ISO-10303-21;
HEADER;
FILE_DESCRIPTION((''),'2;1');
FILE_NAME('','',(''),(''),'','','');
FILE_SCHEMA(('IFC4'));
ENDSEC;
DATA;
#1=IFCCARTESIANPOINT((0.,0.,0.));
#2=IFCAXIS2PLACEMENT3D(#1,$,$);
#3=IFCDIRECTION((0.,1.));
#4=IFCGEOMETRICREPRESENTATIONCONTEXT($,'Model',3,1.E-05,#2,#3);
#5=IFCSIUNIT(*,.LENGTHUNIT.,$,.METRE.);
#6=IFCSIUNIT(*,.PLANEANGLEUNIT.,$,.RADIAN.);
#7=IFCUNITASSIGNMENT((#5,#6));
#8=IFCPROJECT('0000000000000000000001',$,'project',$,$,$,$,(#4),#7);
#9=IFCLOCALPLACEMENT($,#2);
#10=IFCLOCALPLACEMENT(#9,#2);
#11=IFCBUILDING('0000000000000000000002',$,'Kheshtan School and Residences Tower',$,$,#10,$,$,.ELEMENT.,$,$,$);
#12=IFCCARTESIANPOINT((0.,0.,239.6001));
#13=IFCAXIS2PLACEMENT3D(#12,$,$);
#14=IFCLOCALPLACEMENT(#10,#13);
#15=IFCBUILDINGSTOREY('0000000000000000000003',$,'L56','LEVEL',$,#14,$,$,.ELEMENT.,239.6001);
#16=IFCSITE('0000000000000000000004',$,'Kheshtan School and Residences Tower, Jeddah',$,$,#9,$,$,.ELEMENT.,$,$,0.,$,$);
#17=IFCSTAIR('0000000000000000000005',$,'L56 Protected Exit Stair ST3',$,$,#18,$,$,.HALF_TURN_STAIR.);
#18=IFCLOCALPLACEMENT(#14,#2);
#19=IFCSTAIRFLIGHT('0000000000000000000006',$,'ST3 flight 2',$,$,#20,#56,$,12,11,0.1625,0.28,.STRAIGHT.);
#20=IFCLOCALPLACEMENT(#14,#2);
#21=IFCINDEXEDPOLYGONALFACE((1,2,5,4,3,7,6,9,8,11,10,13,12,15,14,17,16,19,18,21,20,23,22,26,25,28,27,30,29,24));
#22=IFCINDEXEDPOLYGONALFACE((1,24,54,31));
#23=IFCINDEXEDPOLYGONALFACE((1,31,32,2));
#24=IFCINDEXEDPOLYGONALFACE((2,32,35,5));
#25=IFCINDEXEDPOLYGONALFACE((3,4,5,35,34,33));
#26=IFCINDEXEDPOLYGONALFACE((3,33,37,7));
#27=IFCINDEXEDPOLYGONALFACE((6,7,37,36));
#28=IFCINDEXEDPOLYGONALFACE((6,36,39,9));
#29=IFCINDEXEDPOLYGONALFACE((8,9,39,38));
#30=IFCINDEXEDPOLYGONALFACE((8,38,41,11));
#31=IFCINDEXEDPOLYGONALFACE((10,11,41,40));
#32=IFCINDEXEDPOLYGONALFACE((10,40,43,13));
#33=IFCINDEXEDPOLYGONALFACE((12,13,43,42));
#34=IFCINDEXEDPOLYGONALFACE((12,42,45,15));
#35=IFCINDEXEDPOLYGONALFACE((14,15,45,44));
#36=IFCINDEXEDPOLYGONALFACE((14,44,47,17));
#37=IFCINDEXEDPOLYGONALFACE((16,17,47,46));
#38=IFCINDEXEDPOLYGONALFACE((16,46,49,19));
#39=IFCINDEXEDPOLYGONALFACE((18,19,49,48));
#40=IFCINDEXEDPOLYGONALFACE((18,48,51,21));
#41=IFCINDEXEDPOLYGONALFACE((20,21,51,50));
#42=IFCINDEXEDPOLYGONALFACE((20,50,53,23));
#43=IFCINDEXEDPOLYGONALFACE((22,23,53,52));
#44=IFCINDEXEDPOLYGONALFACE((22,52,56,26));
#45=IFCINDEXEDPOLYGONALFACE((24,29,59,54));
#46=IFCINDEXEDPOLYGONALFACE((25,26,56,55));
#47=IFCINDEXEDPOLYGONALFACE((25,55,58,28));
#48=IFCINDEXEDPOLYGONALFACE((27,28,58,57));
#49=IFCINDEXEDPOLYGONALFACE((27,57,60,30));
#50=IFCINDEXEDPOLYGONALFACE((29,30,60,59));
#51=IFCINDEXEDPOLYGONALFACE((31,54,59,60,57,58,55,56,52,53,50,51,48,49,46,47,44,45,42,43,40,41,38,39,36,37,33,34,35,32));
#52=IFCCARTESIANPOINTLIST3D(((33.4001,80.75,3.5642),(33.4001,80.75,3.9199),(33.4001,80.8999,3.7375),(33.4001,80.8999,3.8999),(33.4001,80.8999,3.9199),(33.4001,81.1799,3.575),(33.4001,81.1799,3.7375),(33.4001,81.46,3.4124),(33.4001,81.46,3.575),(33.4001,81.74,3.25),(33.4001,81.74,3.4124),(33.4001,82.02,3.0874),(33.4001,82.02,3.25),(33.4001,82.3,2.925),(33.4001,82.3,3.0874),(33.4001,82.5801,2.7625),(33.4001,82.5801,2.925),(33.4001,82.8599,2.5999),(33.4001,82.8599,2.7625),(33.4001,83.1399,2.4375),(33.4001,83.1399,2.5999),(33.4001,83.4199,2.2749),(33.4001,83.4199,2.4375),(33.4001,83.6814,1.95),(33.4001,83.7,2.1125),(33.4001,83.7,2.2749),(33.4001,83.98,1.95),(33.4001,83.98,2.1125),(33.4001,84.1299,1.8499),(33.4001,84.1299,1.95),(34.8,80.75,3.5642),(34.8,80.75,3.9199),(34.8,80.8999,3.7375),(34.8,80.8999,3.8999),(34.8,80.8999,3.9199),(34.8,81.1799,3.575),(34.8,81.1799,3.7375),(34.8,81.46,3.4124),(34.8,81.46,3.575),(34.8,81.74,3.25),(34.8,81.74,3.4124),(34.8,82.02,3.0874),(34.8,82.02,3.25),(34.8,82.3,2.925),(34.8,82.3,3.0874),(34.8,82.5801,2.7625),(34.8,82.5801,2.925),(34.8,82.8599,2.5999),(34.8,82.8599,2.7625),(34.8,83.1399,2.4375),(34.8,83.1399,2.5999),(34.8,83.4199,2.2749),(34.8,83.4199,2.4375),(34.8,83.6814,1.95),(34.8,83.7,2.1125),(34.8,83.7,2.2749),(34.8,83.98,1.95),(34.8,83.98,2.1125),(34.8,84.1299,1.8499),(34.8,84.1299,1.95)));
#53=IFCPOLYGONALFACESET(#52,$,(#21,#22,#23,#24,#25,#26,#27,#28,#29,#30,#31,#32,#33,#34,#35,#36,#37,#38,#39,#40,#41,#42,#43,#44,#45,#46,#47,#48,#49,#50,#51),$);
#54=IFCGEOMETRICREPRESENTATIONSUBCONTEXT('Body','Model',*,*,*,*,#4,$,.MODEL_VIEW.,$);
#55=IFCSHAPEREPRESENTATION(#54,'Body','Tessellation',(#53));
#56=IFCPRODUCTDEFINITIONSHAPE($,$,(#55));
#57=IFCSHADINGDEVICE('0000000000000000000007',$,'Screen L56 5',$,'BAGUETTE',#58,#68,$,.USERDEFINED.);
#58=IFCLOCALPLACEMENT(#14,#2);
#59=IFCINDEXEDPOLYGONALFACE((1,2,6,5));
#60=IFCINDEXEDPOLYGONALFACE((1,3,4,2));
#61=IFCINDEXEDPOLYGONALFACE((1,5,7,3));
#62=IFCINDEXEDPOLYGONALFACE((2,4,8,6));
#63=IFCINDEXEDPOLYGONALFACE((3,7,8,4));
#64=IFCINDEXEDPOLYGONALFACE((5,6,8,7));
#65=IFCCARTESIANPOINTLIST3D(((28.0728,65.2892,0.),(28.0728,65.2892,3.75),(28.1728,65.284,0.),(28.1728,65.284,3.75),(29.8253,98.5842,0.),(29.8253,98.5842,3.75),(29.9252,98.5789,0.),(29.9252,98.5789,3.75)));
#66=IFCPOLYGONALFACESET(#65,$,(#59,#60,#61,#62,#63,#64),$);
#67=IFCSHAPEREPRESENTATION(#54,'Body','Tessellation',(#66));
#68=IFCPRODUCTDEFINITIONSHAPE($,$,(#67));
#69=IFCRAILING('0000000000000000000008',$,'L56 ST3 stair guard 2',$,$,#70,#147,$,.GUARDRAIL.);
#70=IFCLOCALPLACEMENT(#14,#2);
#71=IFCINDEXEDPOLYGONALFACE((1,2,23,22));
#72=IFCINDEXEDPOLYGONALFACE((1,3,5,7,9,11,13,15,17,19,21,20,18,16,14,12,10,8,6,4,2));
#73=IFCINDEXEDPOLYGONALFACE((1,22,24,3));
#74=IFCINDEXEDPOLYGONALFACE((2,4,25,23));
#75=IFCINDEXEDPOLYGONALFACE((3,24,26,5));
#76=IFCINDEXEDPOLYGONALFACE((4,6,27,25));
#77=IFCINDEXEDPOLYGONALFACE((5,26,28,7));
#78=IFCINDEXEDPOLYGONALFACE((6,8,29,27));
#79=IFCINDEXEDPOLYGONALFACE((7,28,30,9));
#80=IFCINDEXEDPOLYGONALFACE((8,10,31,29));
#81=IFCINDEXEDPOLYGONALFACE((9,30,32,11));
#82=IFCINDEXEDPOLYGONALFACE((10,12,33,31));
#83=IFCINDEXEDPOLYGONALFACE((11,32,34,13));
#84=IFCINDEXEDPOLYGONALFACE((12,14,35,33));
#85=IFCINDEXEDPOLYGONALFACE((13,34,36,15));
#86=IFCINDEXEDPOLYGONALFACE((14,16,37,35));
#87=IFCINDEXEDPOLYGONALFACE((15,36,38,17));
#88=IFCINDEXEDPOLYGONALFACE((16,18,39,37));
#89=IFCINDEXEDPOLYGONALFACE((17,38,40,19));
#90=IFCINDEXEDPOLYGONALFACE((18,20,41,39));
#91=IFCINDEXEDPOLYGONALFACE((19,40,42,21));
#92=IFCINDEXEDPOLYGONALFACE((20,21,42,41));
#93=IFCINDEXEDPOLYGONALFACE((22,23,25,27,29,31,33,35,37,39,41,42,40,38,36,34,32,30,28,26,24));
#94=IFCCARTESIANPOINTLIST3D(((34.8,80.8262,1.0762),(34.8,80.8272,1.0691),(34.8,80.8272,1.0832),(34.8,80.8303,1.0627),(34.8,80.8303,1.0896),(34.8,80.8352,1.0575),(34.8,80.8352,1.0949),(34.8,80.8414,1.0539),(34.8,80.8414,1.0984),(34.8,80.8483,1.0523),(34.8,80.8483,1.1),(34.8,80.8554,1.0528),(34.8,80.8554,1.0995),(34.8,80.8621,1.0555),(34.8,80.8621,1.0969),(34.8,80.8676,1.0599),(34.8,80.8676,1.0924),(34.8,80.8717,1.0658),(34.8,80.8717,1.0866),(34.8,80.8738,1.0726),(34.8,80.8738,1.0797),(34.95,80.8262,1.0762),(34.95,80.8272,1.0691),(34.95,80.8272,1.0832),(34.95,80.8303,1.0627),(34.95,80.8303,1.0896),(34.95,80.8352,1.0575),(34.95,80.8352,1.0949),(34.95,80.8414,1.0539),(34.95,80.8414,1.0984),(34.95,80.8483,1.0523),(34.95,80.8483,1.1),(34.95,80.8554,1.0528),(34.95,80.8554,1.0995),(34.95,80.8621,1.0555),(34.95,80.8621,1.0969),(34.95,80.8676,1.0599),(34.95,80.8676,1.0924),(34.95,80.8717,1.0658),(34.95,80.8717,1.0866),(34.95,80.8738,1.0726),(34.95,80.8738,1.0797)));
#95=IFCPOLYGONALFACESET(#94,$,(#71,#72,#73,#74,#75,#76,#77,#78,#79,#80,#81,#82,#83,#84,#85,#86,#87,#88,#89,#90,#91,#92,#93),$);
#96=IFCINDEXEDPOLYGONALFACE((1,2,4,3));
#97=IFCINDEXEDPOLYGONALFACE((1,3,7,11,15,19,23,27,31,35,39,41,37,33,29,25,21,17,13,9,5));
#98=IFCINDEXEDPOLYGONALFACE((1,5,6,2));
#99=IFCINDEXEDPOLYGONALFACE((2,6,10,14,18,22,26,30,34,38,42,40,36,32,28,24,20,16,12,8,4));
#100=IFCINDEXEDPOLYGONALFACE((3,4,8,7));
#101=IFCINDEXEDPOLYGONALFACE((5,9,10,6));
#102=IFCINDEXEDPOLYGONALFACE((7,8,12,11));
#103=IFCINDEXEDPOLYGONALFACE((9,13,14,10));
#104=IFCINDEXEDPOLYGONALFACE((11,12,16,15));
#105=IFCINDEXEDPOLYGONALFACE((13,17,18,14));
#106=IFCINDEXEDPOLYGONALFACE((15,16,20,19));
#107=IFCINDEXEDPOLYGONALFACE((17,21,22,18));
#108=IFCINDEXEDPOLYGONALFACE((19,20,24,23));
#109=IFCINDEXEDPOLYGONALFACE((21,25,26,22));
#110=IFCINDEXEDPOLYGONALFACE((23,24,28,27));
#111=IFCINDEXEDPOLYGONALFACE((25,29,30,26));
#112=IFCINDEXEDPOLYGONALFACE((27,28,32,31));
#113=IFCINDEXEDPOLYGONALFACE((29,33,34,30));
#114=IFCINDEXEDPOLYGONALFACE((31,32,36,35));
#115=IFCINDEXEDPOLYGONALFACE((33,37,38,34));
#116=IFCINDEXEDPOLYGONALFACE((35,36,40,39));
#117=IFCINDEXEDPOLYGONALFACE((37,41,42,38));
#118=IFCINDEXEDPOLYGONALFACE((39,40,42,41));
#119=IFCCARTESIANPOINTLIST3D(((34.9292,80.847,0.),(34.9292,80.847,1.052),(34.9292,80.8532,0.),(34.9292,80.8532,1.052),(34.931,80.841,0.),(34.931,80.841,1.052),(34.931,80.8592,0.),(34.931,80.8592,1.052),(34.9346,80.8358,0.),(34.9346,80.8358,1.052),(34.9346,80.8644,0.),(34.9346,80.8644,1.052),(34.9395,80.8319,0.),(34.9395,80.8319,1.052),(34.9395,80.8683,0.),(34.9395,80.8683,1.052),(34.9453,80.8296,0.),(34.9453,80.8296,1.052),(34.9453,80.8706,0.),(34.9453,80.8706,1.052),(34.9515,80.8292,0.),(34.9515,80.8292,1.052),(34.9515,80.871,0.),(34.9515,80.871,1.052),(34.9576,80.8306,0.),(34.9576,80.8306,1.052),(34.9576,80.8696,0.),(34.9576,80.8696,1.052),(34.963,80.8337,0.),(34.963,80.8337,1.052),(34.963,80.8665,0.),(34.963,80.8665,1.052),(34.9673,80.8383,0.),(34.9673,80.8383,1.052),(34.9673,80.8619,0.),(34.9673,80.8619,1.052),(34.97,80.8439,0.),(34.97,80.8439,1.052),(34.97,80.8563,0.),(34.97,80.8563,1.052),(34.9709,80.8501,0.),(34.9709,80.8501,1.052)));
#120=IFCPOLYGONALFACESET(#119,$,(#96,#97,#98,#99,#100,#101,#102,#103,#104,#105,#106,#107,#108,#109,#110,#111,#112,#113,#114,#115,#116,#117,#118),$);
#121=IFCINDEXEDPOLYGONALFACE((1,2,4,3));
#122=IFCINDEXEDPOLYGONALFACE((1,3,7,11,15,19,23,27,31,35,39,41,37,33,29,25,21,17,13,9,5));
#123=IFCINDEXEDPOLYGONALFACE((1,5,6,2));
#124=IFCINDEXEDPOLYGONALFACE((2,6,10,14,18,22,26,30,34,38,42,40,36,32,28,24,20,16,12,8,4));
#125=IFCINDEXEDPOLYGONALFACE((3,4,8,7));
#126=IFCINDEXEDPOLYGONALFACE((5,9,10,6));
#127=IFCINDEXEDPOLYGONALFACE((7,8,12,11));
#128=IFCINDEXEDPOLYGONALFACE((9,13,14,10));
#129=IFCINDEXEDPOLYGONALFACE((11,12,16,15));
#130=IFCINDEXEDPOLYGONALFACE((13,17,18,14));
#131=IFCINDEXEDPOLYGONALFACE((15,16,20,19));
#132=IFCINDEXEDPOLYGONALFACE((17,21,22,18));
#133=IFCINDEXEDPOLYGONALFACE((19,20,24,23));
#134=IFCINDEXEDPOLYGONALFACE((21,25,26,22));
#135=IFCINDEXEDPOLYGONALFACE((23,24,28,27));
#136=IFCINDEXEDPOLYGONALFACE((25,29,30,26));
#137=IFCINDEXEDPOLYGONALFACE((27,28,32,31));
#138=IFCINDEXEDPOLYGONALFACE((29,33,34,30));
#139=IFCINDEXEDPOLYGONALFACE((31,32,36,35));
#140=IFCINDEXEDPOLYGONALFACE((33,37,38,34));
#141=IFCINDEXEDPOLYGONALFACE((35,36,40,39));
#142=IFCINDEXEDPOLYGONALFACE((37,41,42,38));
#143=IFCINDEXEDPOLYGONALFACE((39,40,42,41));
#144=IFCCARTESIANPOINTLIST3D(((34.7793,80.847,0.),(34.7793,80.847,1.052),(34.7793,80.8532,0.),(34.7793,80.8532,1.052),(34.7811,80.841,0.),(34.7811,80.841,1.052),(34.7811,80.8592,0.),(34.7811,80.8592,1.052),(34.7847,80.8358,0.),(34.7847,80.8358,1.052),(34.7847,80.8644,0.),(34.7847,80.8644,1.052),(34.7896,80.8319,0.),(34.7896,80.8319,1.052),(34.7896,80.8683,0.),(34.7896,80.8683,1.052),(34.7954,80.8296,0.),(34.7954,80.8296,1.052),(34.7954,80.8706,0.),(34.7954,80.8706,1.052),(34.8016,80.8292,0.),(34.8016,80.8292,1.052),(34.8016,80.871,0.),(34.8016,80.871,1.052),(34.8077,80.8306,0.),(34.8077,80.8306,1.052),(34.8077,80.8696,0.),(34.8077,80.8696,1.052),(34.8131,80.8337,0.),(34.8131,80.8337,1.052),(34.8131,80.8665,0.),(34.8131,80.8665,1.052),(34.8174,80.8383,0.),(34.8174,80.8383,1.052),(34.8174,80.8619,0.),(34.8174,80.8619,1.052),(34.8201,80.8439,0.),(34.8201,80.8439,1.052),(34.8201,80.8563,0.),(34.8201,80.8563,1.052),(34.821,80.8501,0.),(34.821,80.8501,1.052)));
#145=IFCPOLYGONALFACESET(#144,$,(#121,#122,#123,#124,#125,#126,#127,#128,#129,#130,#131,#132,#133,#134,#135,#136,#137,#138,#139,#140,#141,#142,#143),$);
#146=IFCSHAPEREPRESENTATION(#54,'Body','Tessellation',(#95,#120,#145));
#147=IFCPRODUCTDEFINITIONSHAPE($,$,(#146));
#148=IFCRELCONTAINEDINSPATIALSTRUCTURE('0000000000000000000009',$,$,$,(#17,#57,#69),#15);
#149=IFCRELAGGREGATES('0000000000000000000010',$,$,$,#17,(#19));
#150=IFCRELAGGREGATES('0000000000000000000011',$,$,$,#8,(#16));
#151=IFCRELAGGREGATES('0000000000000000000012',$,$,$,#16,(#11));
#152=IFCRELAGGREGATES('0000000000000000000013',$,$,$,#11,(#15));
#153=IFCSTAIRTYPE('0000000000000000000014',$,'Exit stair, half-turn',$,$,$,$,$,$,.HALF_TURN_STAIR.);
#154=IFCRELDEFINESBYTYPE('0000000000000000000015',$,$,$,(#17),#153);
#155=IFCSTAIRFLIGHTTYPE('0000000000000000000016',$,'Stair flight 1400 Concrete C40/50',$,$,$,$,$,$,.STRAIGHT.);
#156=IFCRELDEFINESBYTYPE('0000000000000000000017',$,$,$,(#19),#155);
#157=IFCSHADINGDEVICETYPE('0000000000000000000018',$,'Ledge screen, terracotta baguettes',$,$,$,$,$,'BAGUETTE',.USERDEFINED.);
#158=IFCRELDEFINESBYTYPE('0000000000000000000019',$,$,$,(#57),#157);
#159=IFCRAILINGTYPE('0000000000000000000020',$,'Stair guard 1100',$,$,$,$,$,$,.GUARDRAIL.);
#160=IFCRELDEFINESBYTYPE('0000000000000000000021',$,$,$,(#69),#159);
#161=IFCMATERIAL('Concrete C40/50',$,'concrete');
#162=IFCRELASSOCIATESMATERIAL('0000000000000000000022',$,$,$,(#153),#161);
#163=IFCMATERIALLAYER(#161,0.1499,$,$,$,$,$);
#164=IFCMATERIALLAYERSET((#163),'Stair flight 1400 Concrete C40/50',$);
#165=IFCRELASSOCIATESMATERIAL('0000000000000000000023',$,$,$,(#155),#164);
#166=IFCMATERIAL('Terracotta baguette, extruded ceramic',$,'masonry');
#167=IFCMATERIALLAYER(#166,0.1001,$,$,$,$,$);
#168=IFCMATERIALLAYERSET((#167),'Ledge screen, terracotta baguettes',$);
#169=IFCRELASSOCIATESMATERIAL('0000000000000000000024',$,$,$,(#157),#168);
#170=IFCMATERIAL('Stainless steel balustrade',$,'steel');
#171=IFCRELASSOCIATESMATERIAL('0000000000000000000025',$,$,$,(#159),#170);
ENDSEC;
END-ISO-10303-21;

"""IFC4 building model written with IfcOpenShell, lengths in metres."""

from ifc_helpers import new_model, si_unit, direction, frame, origin, origin_2d, place, context, subcontext, project, spatial, polyline, rectangle, circle, outline, extrude, material, layer, layer_set, type_object, element, aggregate, save


model = new_model("IFC4")

# Units and contexts
model_context = context("Model", 3, precision=1e-05, world=origin(), true_north=direction((0.0, 1.0)))
body_context = subcontext(model_context, "Body", "Model", "MODEL_VIEW")
ifc_project = project(units=[si_unit("LENGTHUNIT", "METRE"), si_unit("PLANEANGLEUNIT", "RADIAN")], contexts=[model_context])

# Site, building, storey
site_placement = place(None, origin())
site = spatial("IfcSite", under=ifc_project, at=site_placement, Name="Kheshtan School and Residences Tower, Jeddah", CompositionType="ELEMENT", RefElevation=0.0)
building_placement = place(site_placement, origin())
building = spatial("IfcBuilding", under=site, at=building_placement, Name="Kheshtan School and Residences Tower", CompositionType="ELEMENT")
storey_placement = place(building_placement, frame((0.0, 0.0, 239.6001)))
storey = spatial("IfcBuildingStorey", under=building, at=storey_placement, Name="L56", Description="LEVEL", CompositionType="ELEMENT", Elevation=239.6001)

# Shared definitions
ifc_material_1 = material(Name="Concrete C40/50", Category="concrete")

# Stair, stair flight
stair_type = type_object("IfcStairType", Name="Exit stair, half-turn", PredefinedType="HALF_TURN_STAIR", material=ifc_material_1)
stair_placement = place(storey_placement, origin())
stair = element("IfcStair", 1, at=stair_placement, inside=storey, type_object=stair_type, Name="L56 Protected Exit Stair ST3", PredefinedType="HALF_TURN_STAIR")
ifc_layer_1 = layer(ifc_material_1, 0.1499)
ifc_layer_set_1 = layer_set([ifc_layer_1], Name="Stair flight 1400 Concrete C40/50")
stair_flight_type = type_object("IfcStairFlightType", Name="Stair flight 1400 Concrete C40/50", PredefinedType="STRAIGHT", material=ifc_layer_set_1)
stair_flight_1_placement = place(storey_placement, frame((34.1001, 83.98, 1.95), z_axis=(0.0, 0.0, 1.0), x_axis=(0.0, -1.0, 0.0)))
stair_flight_1 = element("IfcStairFlight", 2, at=stair_flight_1_placement, type_object=stair_flight_type, Name="ST3 flight 2", NumberOfRisers=12, NumberOfTreads=11, PredefinedType="STRAIGHT", RiserHeight=0.1625, TreadLength=0.28, context=body_context, shape_type="SweptSolid", body=[
    extrude(outline(polyline([(-0.1499, -0.1001), (-0.1499, 0.0), (0.0, 0.0), (0.0, 0.1626), (0.28, 0.1626), (0.28, 0.325), (0.5601, 0.325), (0.5601, 0.4875), (0.8401, 0.4875), (0.8401, 0.6499), (1.1201, 0.6499), (1.1201, 0.8125), (1.3999, 0.8125), (1.3999, 0.9751), (1.6799, 0.9751), (1.6799, 1.1375), (1.96, 1.1375), (1.96, 1.3), (2.24, 1.3), (2.24, 1.4624), (2.52, 1.4624), (2.52, 1.625), (2.8, 1.625), (2.8, 1.7876), (3.0801, 1.7876), (3.0801, 1.95), (3.0801, 1.97), (3.23, 1.97), (3.23, 1.6143), (0.2986, 0.0), (-0.1499, -0.1001)])), frame((0.0, 0.7, 0.0), z_axis=(0.0, -1.0, 0.0), x_axis=(1.0, 0.0, 0.0)), (0.0, 0.0, 1.0), 1.3999),
])
aggregate(stair, [stair_flight_1])

# Shading device
ifc_material_2 = material(Name="Terracotta baguette, extruded ceramic", Category="masonry")
ifc_layer_2 = layer(ifc_material_2, 0.1001)
ifc_layer_set_2 = layer_set([ifc_layer_2], Name="Ledge screen, terracotta baguettes")
shading_device_type = type_object("IfcShadingDeviceType", Name="Ledge screen, terracotta baguettes", ElementType="BAGUETTE", PredefinedType="USERDEFINED", material=ifc_layer_set_2)
shading_device_placement = place(storey_placement, frame((28.999, 81.9341, 0.0), z_axis=(0.0, 0.0, 1.0), x_axis=(0.052563, 0.998618, 0.0)))
element("IfcShadingDevice", 3, at=shading_device_placement, inside=storey, type_object=shading_device_type, Name="Screen L56 5", ObjectType="BAGUETTE", PredefinedType="USERDEFINED", context=body_context, shape_type="SweptSolid", body=[
    extrude(rectangle(XDim=33.3411, YDim=0.1001, at=origin_2d()), origin(), (0.0, 0.0, 1.0), 3.75),
])

# Railing
ifc_material_3 = material(Name="Stainless steel balustrade", Category="steel")
railing_type_1 = type_object("IfcRailingType", Name="Stair guard 1100", PredefinedType="GUARDRAIL", material=ifc_material_3)
railing_1_placement = place(storey_placement, frame((34.95, 80.8501, 0.0)))
element("IfcRailing", 4, at=railing_1_placement, inside=storey, type_object=railing_type_1, Name="L56 ST3 stair guard 2", PredefinedType="GUARDRAIL", context=body_context, shape_type="SweptSolid", body=[
    extrude(circle(Radius=0.0239, at=origin_2d()), frame((0.0, 0.0, 1.0762), z_axis=(-1.0, 0.0, 0.0), x_axis=(0.0, -1.0, 0.0)), (0.0, 0.0, 1.0), 0.1499),
    extrude(circle(Radius=0.021, at=origin_2d()), origin(), (0.0, 0.0, 1.0), 1.052),
    extrude(circle(Radius=0.021, at=origin_2d()), frame((-0.1499, 0.0, 0.0)), (0.0, 0.0, 1.0), 1.052),
])

save(model, "model.ifc")
